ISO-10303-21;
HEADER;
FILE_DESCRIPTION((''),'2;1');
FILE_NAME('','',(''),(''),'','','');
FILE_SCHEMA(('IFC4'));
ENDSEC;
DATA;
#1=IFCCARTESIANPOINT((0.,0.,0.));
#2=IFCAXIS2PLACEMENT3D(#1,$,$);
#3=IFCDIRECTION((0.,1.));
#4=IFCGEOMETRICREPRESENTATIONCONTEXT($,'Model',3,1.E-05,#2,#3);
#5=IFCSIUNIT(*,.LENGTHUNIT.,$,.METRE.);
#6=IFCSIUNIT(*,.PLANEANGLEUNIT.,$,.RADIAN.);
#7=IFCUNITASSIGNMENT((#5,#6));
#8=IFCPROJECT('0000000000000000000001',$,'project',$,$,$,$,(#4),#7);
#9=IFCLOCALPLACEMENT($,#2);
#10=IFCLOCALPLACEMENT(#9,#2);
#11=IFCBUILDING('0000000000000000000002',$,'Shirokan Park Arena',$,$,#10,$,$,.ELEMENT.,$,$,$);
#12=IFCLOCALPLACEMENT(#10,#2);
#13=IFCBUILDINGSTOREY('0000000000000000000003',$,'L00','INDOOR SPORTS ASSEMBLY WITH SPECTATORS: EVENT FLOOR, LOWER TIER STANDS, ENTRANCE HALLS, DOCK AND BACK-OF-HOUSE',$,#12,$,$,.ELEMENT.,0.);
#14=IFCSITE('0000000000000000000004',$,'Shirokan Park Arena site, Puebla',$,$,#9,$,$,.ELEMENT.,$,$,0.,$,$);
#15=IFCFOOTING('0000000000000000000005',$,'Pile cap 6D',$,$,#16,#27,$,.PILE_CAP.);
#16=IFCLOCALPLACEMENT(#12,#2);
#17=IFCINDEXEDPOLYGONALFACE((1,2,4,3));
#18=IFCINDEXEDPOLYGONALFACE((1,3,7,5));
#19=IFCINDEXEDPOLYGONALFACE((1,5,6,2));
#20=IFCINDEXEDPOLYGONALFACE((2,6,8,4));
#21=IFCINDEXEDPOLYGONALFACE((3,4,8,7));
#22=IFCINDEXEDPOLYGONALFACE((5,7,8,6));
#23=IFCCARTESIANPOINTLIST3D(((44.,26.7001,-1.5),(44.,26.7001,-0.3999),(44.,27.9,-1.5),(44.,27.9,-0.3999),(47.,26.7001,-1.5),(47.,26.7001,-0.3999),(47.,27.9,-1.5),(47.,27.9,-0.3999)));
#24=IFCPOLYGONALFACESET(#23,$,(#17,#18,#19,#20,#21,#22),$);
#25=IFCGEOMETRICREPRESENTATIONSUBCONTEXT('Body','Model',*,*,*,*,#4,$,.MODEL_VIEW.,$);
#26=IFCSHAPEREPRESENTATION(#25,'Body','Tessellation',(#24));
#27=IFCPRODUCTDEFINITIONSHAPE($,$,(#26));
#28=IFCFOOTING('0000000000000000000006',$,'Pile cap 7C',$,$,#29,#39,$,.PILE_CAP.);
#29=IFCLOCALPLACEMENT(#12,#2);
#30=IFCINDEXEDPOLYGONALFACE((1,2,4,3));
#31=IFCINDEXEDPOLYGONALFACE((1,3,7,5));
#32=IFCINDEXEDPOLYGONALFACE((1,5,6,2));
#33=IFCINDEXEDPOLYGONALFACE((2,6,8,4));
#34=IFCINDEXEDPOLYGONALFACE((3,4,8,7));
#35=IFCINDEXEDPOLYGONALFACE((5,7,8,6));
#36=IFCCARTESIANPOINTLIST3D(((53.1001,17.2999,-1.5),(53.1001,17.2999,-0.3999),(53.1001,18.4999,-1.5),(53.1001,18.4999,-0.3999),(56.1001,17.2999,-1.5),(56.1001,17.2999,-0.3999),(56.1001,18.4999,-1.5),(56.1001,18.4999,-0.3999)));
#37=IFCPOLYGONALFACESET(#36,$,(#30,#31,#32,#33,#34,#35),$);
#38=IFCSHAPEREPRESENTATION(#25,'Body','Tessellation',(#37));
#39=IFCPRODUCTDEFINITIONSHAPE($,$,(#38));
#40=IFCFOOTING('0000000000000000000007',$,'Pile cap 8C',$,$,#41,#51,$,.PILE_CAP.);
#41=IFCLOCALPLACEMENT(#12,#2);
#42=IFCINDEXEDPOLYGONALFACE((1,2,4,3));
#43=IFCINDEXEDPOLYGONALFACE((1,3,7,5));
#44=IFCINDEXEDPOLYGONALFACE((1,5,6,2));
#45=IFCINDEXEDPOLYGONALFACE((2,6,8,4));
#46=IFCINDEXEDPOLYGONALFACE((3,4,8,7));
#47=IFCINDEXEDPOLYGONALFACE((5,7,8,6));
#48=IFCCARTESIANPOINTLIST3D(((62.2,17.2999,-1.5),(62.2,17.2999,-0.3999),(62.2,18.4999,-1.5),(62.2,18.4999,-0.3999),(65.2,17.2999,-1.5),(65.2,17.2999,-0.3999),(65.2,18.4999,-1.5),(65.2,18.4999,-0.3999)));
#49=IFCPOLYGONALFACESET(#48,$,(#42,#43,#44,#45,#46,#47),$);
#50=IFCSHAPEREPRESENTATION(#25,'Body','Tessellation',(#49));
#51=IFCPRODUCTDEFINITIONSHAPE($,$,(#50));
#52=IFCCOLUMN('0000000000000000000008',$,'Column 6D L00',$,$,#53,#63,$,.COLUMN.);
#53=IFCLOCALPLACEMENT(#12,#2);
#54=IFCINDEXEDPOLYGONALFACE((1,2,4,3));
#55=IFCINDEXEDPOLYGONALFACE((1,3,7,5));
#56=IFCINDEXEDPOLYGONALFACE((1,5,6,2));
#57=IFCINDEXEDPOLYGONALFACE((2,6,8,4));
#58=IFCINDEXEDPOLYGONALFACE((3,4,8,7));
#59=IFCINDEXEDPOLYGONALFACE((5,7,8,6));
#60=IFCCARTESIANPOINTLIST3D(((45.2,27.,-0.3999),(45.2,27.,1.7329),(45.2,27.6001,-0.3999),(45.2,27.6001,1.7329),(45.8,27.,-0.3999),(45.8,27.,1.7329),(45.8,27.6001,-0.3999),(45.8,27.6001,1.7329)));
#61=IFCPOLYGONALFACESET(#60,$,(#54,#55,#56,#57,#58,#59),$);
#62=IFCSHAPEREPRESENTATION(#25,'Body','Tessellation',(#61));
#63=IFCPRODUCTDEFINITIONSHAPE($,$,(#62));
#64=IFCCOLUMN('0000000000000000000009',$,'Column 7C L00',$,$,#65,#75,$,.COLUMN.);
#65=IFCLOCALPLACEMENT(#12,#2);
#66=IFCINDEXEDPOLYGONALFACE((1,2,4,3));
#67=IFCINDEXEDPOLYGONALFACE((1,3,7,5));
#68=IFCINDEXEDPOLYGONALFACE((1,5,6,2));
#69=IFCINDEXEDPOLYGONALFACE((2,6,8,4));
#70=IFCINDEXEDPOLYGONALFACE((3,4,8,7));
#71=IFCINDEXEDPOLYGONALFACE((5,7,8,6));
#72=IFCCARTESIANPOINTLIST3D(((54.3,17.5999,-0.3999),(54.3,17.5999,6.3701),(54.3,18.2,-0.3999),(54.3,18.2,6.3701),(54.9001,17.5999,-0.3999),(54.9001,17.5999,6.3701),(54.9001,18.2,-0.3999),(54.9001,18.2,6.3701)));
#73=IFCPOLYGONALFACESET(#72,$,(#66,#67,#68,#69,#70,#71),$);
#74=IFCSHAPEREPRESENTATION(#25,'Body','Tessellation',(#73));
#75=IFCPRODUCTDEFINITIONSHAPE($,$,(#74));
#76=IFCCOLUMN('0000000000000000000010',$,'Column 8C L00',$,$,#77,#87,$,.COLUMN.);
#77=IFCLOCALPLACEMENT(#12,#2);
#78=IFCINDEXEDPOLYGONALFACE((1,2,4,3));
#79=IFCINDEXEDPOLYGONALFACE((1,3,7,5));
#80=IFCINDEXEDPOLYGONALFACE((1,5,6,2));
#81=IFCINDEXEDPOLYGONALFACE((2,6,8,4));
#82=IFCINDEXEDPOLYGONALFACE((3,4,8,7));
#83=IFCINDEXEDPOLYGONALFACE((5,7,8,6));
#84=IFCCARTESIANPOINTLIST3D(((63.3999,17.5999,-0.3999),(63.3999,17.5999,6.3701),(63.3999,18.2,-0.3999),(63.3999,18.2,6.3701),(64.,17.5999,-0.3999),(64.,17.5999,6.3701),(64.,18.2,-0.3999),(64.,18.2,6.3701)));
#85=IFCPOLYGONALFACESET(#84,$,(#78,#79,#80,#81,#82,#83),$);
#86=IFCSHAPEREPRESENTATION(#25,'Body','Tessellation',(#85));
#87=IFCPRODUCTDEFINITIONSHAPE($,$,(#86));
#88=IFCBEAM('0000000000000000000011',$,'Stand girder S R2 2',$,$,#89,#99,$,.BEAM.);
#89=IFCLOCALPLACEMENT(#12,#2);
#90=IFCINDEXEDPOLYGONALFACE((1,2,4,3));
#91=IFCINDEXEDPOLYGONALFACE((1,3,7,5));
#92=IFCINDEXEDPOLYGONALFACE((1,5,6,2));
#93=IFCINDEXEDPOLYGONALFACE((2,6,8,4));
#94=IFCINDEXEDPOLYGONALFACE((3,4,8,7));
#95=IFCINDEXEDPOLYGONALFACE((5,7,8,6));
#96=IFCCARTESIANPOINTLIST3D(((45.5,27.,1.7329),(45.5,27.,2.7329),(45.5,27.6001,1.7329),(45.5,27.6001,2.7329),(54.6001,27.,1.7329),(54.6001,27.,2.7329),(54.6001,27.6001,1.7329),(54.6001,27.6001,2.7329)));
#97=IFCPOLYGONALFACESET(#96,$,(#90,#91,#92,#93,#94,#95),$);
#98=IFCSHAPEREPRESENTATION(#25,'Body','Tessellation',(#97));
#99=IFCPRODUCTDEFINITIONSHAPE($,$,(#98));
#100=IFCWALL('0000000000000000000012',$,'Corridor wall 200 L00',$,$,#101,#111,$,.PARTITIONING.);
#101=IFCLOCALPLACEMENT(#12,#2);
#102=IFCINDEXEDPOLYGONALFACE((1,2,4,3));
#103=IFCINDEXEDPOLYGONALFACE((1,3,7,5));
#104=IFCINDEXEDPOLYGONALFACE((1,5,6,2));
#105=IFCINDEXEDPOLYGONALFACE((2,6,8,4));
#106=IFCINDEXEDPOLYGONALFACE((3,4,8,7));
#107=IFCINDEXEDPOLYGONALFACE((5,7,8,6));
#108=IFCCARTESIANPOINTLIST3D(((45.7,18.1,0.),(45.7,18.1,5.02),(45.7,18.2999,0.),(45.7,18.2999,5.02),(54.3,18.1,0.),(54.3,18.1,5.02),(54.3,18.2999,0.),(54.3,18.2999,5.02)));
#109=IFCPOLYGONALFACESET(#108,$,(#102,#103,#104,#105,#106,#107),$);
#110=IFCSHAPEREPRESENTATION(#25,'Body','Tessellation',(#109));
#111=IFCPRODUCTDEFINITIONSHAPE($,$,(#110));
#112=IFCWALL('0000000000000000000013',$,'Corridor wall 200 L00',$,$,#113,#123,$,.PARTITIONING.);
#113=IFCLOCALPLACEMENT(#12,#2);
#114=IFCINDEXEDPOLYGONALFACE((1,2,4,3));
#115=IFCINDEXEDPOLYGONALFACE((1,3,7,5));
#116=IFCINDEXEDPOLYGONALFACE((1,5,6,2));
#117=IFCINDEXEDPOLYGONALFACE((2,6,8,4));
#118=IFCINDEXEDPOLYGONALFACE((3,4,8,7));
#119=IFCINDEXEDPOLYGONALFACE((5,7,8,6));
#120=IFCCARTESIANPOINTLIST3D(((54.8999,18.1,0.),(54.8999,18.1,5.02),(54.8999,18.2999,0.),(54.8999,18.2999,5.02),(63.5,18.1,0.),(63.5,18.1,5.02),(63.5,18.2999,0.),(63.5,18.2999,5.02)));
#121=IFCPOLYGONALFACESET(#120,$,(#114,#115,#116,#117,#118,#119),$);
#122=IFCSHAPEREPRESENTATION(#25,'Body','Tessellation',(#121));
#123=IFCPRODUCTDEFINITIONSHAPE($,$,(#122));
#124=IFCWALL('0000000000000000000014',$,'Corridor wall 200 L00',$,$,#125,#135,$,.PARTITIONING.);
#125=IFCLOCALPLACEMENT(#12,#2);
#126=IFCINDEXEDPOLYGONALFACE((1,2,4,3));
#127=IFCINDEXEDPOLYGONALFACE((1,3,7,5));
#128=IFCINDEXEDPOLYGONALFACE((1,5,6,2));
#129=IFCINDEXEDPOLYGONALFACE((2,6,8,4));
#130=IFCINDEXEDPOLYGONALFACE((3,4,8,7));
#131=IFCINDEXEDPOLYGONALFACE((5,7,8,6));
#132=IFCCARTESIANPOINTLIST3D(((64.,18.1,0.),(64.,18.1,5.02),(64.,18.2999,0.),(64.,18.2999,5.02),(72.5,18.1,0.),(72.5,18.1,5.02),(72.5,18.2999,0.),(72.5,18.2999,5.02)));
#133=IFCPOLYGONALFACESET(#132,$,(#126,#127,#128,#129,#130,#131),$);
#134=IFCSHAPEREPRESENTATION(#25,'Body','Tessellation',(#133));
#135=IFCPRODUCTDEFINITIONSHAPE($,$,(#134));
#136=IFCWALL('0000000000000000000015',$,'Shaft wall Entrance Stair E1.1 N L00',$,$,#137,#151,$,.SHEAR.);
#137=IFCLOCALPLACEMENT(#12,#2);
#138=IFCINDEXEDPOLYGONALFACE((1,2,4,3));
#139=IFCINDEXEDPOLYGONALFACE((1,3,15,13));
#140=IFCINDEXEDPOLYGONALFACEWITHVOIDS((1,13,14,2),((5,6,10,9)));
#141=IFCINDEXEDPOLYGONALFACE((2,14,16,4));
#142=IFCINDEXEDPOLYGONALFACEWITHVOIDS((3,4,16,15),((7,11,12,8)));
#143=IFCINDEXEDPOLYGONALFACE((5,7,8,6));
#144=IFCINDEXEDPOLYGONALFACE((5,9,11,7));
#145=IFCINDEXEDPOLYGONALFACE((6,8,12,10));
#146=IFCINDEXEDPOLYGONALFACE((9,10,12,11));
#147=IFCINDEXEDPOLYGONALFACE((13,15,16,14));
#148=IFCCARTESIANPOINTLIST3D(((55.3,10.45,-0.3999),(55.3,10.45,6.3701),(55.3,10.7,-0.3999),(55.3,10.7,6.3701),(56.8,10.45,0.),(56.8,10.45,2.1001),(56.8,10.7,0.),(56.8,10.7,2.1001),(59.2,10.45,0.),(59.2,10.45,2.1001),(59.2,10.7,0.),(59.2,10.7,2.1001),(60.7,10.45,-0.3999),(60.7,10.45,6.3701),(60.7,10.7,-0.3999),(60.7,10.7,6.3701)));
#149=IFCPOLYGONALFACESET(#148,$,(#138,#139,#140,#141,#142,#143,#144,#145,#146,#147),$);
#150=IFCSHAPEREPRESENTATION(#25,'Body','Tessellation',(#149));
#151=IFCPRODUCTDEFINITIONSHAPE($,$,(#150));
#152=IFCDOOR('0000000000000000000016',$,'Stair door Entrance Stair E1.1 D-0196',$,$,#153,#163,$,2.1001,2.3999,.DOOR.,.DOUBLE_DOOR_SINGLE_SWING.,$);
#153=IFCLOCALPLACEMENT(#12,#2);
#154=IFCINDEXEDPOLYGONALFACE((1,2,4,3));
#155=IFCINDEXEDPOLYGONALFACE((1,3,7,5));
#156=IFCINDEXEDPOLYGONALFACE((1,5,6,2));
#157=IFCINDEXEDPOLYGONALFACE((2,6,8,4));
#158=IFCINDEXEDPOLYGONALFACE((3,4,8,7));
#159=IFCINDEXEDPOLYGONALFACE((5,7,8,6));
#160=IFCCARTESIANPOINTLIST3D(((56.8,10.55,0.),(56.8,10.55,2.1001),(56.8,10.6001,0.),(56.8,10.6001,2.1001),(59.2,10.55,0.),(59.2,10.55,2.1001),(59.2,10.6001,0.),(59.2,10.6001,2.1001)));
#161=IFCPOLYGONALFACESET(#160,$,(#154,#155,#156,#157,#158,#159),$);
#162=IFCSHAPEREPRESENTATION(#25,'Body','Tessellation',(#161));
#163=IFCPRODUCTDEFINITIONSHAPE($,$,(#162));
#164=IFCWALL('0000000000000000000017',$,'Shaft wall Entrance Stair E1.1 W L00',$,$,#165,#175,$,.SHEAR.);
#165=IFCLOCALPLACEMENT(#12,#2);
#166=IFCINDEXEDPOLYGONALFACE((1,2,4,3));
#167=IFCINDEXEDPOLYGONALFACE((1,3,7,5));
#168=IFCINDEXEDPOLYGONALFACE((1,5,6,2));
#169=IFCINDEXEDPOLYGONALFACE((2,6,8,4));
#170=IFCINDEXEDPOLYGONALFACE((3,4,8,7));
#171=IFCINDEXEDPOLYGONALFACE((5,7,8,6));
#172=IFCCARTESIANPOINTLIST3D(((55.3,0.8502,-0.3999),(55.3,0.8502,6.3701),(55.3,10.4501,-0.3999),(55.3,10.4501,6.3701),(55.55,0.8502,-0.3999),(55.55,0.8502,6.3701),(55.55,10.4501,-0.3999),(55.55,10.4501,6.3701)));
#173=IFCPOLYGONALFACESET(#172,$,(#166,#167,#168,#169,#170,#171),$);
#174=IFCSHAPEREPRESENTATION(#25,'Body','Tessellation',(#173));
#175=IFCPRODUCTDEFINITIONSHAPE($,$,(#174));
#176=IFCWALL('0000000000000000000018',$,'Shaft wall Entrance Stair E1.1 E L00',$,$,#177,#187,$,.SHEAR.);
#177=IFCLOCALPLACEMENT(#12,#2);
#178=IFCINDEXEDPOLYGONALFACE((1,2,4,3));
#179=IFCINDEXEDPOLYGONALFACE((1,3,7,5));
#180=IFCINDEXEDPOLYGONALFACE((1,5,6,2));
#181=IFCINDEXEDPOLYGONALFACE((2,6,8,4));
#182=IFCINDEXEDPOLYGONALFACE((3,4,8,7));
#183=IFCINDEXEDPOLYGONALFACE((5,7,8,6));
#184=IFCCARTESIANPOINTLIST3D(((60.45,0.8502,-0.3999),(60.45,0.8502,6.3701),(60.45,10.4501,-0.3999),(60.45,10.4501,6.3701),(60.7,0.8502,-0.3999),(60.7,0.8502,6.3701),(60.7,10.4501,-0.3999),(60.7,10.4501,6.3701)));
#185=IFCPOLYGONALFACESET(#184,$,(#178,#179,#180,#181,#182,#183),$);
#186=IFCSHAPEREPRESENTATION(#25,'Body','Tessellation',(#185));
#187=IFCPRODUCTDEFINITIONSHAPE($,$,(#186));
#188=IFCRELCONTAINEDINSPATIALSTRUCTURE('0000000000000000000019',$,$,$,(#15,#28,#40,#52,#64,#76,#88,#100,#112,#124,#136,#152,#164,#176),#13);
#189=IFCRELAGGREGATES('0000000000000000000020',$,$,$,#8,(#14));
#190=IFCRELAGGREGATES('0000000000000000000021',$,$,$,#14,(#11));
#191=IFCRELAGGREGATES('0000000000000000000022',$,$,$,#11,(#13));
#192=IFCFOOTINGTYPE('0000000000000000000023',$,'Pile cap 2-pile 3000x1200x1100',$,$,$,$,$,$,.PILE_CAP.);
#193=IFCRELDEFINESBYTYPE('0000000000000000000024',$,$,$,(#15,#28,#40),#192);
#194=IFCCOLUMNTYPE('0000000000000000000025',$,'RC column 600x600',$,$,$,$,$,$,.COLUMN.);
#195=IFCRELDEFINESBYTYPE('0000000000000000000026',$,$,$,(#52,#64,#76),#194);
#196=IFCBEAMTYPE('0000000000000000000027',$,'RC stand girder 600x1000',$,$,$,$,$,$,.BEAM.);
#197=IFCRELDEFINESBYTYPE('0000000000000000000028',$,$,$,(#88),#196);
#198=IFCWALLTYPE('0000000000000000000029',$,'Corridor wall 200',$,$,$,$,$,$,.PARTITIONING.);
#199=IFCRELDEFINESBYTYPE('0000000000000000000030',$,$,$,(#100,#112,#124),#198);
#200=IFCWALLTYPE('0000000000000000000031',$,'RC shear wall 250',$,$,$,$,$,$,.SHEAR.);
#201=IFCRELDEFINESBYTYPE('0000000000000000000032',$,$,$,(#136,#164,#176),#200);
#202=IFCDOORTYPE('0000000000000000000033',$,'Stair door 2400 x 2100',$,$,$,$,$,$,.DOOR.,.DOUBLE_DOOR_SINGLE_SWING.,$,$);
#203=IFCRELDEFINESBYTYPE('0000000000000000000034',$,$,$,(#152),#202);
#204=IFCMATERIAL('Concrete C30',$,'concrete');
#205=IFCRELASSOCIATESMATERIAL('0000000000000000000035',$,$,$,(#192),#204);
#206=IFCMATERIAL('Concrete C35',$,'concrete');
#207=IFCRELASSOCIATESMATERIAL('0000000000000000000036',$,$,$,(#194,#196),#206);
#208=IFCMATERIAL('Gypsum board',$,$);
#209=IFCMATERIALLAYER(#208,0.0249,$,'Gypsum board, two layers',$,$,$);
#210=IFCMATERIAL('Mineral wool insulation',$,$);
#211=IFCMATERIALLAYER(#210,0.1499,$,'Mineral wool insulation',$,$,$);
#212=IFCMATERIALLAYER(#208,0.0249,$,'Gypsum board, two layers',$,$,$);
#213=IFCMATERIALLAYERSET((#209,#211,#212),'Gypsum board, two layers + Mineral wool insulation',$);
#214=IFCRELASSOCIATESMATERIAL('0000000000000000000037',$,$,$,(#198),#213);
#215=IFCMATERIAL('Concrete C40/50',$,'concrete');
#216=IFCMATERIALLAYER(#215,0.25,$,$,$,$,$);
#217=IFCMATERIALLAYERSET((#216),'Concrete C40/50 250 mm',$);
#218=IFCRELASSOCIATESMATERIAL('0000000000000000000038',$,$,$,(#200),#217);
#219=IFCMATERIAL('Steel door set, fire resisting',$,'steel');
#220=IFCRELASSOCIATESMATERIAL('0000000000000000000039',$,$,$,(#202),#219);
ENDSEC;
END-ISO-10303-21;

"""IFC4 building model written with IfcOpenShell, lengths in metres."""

from ifc_helpers import new_model, si_unit, direction, frame, frame_2d, origin, origin_2d, place, context, subcontext, project, spatial, rectangle, extrude, material, layer, layer_set, material_profile, profile_set, type_object, element, fill, save


model = new_model("IFC4")

# Units and contexts
model_context = context("Model", 3, precision=1e-05, world=origin(), true_north=direction((0.0, 1.0)))
body_context = subcontext(model_context, "Body", "Model", "MODEL_VIEW")
ifc_project = project(units=[si_unit("LENGTHUNIT", "METRE"), si_unit("PLANEANGLEUNIT", "RADIAN")], contexts=[model_context])

# Site, building, storey
site_placement = place(None, origin())
site = spatial("IfcSite", under=ifc_project, at=site_placement, Name="Shirokan Park Arena site, Puebla", CompositionType="ELEMENT", RefElevation=0.0)
building_placement = place(site_placement, origin())
building = spatial("IfcBuilding", under=site, at=building_placement, Name="Shirokan Park Arena", CompositionType="ELEMENT")
storey_placement = place(building_placement, origin())
storey = spatial("IfcBuildingStorey", under=building, at=storey_placement, Name="L00", Description="INDOOR SPORTS ASSEMBLY WITH SPECTATORS: EVENT FLOOR, LOWER TIER STANDS, ENTRANCE HALLS, DOCK AND BACK-OF-HOUSE", CompositionType="ELEMENT", Elevation=0.0)

# Shared definitions
ifc_material_1 = material(Name="Concrete C30", Category="concrete")

# Footings
footing_type = type_object("IfcFootingType", Name="Pile cap 2-pile 3000x1200x1100", PredefinedType="PILE_CAP", material=ifc_material_1)
for number, where, z_axis, x_axis, name in (
    (1, (45.5, 27.3, -1.5), (0.0, 0.0, 1.0), (1.0, 0.0, 0.0), "Pile cap 6D"),
    (2, (54.6001, 17.8999, -1.5), (0.0, 0.0, 1.0), (1.0, 0.0, 0.0), "Pile cap 7C"),
    (3, (63.7, 17.8999, -1.5), (0.0, 0.0, 1.0), (1.0, 0.0, 0.0), "Pile cap 8C"),
):
    element("IfcFooting", number, at=place(storey_placement, frame(where, z_axis=z_axis, x_axis=x_axis)), inside=storey, type_object=footing_type, Name=name, PredefinedType="PILE_CAP", context=body_context, shape_type="SweptSolid", body=[
        extrude(rectangle(XDim=3.0, YDim=1.2, at=origin_2d()), origin(), (0.0, 0.0, 1.0), 1.1001),
    ])

# Columns
ifc_material_2 = material(Name="Concrete C35", Category="concrete")
ifc_material_profile_1 = material_profile(ifc_material_2, rectangle(XDim=0.6001, YDim=0.6001, at=origin_2d()), Name="600x600")
ifc_profile_set_1 = profile_set([ifc_material_profile_1], Name="Concrete C35")
column_type = type_object("IfcColumnType", Name="RC column 600x600", PredefinedType="COLUMN", material=ifc_profile_set_1)
column_placement = place(storey_placement, frame((45.5, 27.3, -0.3999), z_axis=(0.0, 0.0, 1.0), x_axis=(1.0, 0.0, 0.0)))
element("IfcColumn", 4, at=column_placement, inside=storey, type_object=column_type, Name="Column 6D L00", PredefinedType="COLUMN", context=body_context, shape_type="SweptSolid", body=[
    extrude(rectangle(XDim=0.6001, YDim=0.6001, at=origin_2d()), origin(), (0.0, 0.0, 1.0), 2.1328),
])
for number, where, z_axis, x_axis, name in (
    (5, (54.6001, 17.8999, -0.3999), (0.0, 0.0, 1.0), (1.0, 0.0, 0.0), "Column 7C L00"),
    (6, (63.7, 17.8999, -0.3999), (0.0, 0.0, 1.0), (1.0, 0.0, 0.0), "Column 8C L00"),
):
    element("IfcColumn", number, at=place(storey_placement, frame(where, z_axis=z_axis, x_axis=x_axis)), inside=storey, type_object=column_type, Name=name, PredefinedType="COLUMN", context=body_context, shape_type="SweptSolid", body=[
        extrude(rectangle(XDim=0.6001, YDim=0.6001, at=origin_2d()), origin(), (0.0, 0.0, 1.0), 6.77),
    ])

# Beam
ifc_material_profile_2 = material_profile(ifc_material_2, rectangle(XDim=0.6001, YDim=1.0, at=origin_2d()), Name="600x1000")
ifc_profile_set_2 = profile_set([ifc_material_profile_2], Name="Concrete C35")
beam_type = type_object("IfcBeamType", Name="RC stand girder 600x1000", PredefinedType="BEAM", material=ifc_profile_set_2)
beam_placement = place(storey_placement, frame((45.5, 27.3, 2.2329), z_axis=(1.0, 0.0, 0.0), x_axis=(0.0, 1.0, 0.0)))
element("IfcBeam", 7, at=beam_placement, inside=storey, type_object=beam_type, Name="Stand girder S R2 2", PredefinedType="BEAM", context=body_context, shape_type="SweptSolid", body=[
    extrude(rectangle(XDim=0.6001, YDim=1.0, at=origin_2d()), origin(), (0.0, 0.0, 1.0), 9.1001),
])

# Walls
ifc_material_3 = material(Name="Gypsum board")
ifc_layer_1 = layer(ifc_material_3, 0.0249, Name="Gypsum board, two layers")
ifc_material_4 = material(Name="Mineral wool insulation")
ifc_layer_2 = layer(ifc_material_4, 0.1499, Name="Mineral wool insulation")
ifc_layer_3 = layer(ifc_material_3, 0.0249, Name="Gypsum board, two layers")
ifc_layer_set_1 = layer_set([ifc_layer_1, ifc_layer_2, ifc_layer_3], Name="Gypsum board, two layers + Mineral wool insulation")
wall_type_1 = type_object("IfcWallType", Name="Corridor wall 200", PredefinedType="PARTITIONING", material=ifc_layer_set_1)
for number, where, z_axis, x_axis, name in (
    (8, (45.7, 18.2, 0.0), (0.0, 0.0, 1.0), (1.0, 0.0, 0.0), "Corridor wall 200 L00"),
    (9, (54.8999, 18.2, 0.0), (0.0, 0.0, 1.0), (1.0, 0.0, 0.0), "Corridor wall 200 L00"),
):
    element("IfcWall", number, at=place(storey_placement, frame(where, z_axis=z_axis, x_axis=x_axis)), inside=storey, type_object=wall_type_1, Name=name, PredefinedType="PARTITIONING", context=body_context, shape_type="SweptSolid", body=[
        extrude(rectangle(XDim=8.6001, YDim=0.2, at=frame_2d((4.3, 0.0))), origin(), (0.0, 0.0, 1.0), 5.02),
    ])

# Wall
wall_1_placement = place(storey_placement, frame((64.0, 18.2, 0.0), z_axis=(0.0, 0.0, 1.0), x_axis=(1.0, 0.0, 0.0)))
element("IfcWall", 10, at=wall_1_placement, inside=storey, type_object=wall_type_1, Name="Corridor wall 200 L00", PredefinedType="PARTITIONING", context=body_context, shape_type="SweptSolid", body=[
    extrude(rectangle(XDim=8.5, YDim=0.2, at=frame_2d((4.25, 0.0))), origin(), (0.0, 0.0, 1.0), 5.02),
])

# Wall, opening, door
ifc_material_5 = material(Name="Concrete C40/50", Category="concrete")
ifc_layer_4 = layer(ifc_material_5, 0.25)
ifc_layer_set_2 = layer_set([ifc_layer_4], Name="Concrete C40/50 250 mm")
wall_type_2 = type_object("IfcWallType", Name="RC shear wall 250", PredefinedType="SHEAR", material=ifc_layer_set_2)
wall_2_placement = place(storey_placement, frame((60.7, 10.575, -0.3999), z_axis=(0.0, 0.0, 1.0), x_axis=(-1.0, 0.0, 0.0)))
wall_2 = element("IfcWall", 11, at=wall_2_placement, inside=storey, type_object=wall_type_2, Name="Shaft wall Entrance Stair E1.1 N L00", PredefinedType="SHEAR", context=body_context, shape_type="SweptSolid", body=[
    extrude(rectangle(XDim=5.3999, YDim=0.25, at=frame_2d((2.7, 0.0))), origin(), (0.0, 0.0, 1.0), 6.77),
])
opening_1_placement = place(wall_2_placement, frame((1.5, 0.0, 0.3999)))
opening_1 = element("IfcOpeningElement", 12, at=opening_1_placement, cuts=wall_2, PredefinedType="OPENING", context=body_context, shape_type="SweptSolid", body=[
    extrude(rectangle(XDim=2.3999, YDim=2.1001, at=frame_2d((1.2, 1.05))), frame((0.0, 0.135, 0.0), z_axis=(0.0, -1.0, 0.0), x_axis=(1.0, 0.0, 0.0)), (0.0, 0.0, 1.0), 0.27),
])
ifc_material_6 = material(Name="Steel door set, fire resisting", Category="steel")
door_type_1 = type_object("IfcDoorType", Name="Stair door 2400 x 2100", OperationType="DOUBLE_DOOR_SINGLE_SWING", PredefinedType="DOOR", material=ifc_material_6)
door_1_placement = place(opening_1_placement, origin())
door_1 = element("IfcDoor", 13, at=door_1_placement, inside=storey, type_object=door_type_1, Name="Stair door Entrance Stair E1.1 D-0196", OperationType="DOUBLE_DOOR_SINGLE_SWING", OverallHeight=2.1001, OverallWidth=2.3999, PredefinedType="DOOR", context=body_context, shape_type="SweptSolid", body=[
    extrude(rectangle(XDim=2.3999, YDim=2.1001, at=frame_2d((1.2, 1.05))), frame((0.0, 0.0249, 0.0), z_axis=(0.0, -1.0, 0.0), x_axis=(1.0, 0.0, 0.0)), (0.0, 0.0, 1.0), 0.05),
])
fill(opening_1, door_1)

# Walls
for number, where, z_axis, x_axis, name in (
    (14, (55.425, 10.45, -0.3999), (0.0, 0.0, 1.0), (0.0, -1.0, 0.0), "Shaft wall Entrance Stair E1.1 W L00"),
    (15, (60.575, 10.45, -0.3999), (0.0, 0.0, 1.0), (0.0, -1.0, 0.0), "Shaft wall Entrance Stair E1.1 E L00"),
):
    element("IfcWall", number, at=place(storey_placement, frame(where, z_axis=z_axis, x_axis=x_axis)), inside=storey, type_object=wall_type_2, Name=name, PredefinedType="SHEAR", context=body_context, shape_type="SweptSolid", body=[
        extrude(rectangle(XDim=9.5999, YDim=0.25, at=frame_2d((4.7998, 0.0))), origin(), (0.0, 0.0, 1.0), 6.77),
    ])

save(model, "model.ifc")
